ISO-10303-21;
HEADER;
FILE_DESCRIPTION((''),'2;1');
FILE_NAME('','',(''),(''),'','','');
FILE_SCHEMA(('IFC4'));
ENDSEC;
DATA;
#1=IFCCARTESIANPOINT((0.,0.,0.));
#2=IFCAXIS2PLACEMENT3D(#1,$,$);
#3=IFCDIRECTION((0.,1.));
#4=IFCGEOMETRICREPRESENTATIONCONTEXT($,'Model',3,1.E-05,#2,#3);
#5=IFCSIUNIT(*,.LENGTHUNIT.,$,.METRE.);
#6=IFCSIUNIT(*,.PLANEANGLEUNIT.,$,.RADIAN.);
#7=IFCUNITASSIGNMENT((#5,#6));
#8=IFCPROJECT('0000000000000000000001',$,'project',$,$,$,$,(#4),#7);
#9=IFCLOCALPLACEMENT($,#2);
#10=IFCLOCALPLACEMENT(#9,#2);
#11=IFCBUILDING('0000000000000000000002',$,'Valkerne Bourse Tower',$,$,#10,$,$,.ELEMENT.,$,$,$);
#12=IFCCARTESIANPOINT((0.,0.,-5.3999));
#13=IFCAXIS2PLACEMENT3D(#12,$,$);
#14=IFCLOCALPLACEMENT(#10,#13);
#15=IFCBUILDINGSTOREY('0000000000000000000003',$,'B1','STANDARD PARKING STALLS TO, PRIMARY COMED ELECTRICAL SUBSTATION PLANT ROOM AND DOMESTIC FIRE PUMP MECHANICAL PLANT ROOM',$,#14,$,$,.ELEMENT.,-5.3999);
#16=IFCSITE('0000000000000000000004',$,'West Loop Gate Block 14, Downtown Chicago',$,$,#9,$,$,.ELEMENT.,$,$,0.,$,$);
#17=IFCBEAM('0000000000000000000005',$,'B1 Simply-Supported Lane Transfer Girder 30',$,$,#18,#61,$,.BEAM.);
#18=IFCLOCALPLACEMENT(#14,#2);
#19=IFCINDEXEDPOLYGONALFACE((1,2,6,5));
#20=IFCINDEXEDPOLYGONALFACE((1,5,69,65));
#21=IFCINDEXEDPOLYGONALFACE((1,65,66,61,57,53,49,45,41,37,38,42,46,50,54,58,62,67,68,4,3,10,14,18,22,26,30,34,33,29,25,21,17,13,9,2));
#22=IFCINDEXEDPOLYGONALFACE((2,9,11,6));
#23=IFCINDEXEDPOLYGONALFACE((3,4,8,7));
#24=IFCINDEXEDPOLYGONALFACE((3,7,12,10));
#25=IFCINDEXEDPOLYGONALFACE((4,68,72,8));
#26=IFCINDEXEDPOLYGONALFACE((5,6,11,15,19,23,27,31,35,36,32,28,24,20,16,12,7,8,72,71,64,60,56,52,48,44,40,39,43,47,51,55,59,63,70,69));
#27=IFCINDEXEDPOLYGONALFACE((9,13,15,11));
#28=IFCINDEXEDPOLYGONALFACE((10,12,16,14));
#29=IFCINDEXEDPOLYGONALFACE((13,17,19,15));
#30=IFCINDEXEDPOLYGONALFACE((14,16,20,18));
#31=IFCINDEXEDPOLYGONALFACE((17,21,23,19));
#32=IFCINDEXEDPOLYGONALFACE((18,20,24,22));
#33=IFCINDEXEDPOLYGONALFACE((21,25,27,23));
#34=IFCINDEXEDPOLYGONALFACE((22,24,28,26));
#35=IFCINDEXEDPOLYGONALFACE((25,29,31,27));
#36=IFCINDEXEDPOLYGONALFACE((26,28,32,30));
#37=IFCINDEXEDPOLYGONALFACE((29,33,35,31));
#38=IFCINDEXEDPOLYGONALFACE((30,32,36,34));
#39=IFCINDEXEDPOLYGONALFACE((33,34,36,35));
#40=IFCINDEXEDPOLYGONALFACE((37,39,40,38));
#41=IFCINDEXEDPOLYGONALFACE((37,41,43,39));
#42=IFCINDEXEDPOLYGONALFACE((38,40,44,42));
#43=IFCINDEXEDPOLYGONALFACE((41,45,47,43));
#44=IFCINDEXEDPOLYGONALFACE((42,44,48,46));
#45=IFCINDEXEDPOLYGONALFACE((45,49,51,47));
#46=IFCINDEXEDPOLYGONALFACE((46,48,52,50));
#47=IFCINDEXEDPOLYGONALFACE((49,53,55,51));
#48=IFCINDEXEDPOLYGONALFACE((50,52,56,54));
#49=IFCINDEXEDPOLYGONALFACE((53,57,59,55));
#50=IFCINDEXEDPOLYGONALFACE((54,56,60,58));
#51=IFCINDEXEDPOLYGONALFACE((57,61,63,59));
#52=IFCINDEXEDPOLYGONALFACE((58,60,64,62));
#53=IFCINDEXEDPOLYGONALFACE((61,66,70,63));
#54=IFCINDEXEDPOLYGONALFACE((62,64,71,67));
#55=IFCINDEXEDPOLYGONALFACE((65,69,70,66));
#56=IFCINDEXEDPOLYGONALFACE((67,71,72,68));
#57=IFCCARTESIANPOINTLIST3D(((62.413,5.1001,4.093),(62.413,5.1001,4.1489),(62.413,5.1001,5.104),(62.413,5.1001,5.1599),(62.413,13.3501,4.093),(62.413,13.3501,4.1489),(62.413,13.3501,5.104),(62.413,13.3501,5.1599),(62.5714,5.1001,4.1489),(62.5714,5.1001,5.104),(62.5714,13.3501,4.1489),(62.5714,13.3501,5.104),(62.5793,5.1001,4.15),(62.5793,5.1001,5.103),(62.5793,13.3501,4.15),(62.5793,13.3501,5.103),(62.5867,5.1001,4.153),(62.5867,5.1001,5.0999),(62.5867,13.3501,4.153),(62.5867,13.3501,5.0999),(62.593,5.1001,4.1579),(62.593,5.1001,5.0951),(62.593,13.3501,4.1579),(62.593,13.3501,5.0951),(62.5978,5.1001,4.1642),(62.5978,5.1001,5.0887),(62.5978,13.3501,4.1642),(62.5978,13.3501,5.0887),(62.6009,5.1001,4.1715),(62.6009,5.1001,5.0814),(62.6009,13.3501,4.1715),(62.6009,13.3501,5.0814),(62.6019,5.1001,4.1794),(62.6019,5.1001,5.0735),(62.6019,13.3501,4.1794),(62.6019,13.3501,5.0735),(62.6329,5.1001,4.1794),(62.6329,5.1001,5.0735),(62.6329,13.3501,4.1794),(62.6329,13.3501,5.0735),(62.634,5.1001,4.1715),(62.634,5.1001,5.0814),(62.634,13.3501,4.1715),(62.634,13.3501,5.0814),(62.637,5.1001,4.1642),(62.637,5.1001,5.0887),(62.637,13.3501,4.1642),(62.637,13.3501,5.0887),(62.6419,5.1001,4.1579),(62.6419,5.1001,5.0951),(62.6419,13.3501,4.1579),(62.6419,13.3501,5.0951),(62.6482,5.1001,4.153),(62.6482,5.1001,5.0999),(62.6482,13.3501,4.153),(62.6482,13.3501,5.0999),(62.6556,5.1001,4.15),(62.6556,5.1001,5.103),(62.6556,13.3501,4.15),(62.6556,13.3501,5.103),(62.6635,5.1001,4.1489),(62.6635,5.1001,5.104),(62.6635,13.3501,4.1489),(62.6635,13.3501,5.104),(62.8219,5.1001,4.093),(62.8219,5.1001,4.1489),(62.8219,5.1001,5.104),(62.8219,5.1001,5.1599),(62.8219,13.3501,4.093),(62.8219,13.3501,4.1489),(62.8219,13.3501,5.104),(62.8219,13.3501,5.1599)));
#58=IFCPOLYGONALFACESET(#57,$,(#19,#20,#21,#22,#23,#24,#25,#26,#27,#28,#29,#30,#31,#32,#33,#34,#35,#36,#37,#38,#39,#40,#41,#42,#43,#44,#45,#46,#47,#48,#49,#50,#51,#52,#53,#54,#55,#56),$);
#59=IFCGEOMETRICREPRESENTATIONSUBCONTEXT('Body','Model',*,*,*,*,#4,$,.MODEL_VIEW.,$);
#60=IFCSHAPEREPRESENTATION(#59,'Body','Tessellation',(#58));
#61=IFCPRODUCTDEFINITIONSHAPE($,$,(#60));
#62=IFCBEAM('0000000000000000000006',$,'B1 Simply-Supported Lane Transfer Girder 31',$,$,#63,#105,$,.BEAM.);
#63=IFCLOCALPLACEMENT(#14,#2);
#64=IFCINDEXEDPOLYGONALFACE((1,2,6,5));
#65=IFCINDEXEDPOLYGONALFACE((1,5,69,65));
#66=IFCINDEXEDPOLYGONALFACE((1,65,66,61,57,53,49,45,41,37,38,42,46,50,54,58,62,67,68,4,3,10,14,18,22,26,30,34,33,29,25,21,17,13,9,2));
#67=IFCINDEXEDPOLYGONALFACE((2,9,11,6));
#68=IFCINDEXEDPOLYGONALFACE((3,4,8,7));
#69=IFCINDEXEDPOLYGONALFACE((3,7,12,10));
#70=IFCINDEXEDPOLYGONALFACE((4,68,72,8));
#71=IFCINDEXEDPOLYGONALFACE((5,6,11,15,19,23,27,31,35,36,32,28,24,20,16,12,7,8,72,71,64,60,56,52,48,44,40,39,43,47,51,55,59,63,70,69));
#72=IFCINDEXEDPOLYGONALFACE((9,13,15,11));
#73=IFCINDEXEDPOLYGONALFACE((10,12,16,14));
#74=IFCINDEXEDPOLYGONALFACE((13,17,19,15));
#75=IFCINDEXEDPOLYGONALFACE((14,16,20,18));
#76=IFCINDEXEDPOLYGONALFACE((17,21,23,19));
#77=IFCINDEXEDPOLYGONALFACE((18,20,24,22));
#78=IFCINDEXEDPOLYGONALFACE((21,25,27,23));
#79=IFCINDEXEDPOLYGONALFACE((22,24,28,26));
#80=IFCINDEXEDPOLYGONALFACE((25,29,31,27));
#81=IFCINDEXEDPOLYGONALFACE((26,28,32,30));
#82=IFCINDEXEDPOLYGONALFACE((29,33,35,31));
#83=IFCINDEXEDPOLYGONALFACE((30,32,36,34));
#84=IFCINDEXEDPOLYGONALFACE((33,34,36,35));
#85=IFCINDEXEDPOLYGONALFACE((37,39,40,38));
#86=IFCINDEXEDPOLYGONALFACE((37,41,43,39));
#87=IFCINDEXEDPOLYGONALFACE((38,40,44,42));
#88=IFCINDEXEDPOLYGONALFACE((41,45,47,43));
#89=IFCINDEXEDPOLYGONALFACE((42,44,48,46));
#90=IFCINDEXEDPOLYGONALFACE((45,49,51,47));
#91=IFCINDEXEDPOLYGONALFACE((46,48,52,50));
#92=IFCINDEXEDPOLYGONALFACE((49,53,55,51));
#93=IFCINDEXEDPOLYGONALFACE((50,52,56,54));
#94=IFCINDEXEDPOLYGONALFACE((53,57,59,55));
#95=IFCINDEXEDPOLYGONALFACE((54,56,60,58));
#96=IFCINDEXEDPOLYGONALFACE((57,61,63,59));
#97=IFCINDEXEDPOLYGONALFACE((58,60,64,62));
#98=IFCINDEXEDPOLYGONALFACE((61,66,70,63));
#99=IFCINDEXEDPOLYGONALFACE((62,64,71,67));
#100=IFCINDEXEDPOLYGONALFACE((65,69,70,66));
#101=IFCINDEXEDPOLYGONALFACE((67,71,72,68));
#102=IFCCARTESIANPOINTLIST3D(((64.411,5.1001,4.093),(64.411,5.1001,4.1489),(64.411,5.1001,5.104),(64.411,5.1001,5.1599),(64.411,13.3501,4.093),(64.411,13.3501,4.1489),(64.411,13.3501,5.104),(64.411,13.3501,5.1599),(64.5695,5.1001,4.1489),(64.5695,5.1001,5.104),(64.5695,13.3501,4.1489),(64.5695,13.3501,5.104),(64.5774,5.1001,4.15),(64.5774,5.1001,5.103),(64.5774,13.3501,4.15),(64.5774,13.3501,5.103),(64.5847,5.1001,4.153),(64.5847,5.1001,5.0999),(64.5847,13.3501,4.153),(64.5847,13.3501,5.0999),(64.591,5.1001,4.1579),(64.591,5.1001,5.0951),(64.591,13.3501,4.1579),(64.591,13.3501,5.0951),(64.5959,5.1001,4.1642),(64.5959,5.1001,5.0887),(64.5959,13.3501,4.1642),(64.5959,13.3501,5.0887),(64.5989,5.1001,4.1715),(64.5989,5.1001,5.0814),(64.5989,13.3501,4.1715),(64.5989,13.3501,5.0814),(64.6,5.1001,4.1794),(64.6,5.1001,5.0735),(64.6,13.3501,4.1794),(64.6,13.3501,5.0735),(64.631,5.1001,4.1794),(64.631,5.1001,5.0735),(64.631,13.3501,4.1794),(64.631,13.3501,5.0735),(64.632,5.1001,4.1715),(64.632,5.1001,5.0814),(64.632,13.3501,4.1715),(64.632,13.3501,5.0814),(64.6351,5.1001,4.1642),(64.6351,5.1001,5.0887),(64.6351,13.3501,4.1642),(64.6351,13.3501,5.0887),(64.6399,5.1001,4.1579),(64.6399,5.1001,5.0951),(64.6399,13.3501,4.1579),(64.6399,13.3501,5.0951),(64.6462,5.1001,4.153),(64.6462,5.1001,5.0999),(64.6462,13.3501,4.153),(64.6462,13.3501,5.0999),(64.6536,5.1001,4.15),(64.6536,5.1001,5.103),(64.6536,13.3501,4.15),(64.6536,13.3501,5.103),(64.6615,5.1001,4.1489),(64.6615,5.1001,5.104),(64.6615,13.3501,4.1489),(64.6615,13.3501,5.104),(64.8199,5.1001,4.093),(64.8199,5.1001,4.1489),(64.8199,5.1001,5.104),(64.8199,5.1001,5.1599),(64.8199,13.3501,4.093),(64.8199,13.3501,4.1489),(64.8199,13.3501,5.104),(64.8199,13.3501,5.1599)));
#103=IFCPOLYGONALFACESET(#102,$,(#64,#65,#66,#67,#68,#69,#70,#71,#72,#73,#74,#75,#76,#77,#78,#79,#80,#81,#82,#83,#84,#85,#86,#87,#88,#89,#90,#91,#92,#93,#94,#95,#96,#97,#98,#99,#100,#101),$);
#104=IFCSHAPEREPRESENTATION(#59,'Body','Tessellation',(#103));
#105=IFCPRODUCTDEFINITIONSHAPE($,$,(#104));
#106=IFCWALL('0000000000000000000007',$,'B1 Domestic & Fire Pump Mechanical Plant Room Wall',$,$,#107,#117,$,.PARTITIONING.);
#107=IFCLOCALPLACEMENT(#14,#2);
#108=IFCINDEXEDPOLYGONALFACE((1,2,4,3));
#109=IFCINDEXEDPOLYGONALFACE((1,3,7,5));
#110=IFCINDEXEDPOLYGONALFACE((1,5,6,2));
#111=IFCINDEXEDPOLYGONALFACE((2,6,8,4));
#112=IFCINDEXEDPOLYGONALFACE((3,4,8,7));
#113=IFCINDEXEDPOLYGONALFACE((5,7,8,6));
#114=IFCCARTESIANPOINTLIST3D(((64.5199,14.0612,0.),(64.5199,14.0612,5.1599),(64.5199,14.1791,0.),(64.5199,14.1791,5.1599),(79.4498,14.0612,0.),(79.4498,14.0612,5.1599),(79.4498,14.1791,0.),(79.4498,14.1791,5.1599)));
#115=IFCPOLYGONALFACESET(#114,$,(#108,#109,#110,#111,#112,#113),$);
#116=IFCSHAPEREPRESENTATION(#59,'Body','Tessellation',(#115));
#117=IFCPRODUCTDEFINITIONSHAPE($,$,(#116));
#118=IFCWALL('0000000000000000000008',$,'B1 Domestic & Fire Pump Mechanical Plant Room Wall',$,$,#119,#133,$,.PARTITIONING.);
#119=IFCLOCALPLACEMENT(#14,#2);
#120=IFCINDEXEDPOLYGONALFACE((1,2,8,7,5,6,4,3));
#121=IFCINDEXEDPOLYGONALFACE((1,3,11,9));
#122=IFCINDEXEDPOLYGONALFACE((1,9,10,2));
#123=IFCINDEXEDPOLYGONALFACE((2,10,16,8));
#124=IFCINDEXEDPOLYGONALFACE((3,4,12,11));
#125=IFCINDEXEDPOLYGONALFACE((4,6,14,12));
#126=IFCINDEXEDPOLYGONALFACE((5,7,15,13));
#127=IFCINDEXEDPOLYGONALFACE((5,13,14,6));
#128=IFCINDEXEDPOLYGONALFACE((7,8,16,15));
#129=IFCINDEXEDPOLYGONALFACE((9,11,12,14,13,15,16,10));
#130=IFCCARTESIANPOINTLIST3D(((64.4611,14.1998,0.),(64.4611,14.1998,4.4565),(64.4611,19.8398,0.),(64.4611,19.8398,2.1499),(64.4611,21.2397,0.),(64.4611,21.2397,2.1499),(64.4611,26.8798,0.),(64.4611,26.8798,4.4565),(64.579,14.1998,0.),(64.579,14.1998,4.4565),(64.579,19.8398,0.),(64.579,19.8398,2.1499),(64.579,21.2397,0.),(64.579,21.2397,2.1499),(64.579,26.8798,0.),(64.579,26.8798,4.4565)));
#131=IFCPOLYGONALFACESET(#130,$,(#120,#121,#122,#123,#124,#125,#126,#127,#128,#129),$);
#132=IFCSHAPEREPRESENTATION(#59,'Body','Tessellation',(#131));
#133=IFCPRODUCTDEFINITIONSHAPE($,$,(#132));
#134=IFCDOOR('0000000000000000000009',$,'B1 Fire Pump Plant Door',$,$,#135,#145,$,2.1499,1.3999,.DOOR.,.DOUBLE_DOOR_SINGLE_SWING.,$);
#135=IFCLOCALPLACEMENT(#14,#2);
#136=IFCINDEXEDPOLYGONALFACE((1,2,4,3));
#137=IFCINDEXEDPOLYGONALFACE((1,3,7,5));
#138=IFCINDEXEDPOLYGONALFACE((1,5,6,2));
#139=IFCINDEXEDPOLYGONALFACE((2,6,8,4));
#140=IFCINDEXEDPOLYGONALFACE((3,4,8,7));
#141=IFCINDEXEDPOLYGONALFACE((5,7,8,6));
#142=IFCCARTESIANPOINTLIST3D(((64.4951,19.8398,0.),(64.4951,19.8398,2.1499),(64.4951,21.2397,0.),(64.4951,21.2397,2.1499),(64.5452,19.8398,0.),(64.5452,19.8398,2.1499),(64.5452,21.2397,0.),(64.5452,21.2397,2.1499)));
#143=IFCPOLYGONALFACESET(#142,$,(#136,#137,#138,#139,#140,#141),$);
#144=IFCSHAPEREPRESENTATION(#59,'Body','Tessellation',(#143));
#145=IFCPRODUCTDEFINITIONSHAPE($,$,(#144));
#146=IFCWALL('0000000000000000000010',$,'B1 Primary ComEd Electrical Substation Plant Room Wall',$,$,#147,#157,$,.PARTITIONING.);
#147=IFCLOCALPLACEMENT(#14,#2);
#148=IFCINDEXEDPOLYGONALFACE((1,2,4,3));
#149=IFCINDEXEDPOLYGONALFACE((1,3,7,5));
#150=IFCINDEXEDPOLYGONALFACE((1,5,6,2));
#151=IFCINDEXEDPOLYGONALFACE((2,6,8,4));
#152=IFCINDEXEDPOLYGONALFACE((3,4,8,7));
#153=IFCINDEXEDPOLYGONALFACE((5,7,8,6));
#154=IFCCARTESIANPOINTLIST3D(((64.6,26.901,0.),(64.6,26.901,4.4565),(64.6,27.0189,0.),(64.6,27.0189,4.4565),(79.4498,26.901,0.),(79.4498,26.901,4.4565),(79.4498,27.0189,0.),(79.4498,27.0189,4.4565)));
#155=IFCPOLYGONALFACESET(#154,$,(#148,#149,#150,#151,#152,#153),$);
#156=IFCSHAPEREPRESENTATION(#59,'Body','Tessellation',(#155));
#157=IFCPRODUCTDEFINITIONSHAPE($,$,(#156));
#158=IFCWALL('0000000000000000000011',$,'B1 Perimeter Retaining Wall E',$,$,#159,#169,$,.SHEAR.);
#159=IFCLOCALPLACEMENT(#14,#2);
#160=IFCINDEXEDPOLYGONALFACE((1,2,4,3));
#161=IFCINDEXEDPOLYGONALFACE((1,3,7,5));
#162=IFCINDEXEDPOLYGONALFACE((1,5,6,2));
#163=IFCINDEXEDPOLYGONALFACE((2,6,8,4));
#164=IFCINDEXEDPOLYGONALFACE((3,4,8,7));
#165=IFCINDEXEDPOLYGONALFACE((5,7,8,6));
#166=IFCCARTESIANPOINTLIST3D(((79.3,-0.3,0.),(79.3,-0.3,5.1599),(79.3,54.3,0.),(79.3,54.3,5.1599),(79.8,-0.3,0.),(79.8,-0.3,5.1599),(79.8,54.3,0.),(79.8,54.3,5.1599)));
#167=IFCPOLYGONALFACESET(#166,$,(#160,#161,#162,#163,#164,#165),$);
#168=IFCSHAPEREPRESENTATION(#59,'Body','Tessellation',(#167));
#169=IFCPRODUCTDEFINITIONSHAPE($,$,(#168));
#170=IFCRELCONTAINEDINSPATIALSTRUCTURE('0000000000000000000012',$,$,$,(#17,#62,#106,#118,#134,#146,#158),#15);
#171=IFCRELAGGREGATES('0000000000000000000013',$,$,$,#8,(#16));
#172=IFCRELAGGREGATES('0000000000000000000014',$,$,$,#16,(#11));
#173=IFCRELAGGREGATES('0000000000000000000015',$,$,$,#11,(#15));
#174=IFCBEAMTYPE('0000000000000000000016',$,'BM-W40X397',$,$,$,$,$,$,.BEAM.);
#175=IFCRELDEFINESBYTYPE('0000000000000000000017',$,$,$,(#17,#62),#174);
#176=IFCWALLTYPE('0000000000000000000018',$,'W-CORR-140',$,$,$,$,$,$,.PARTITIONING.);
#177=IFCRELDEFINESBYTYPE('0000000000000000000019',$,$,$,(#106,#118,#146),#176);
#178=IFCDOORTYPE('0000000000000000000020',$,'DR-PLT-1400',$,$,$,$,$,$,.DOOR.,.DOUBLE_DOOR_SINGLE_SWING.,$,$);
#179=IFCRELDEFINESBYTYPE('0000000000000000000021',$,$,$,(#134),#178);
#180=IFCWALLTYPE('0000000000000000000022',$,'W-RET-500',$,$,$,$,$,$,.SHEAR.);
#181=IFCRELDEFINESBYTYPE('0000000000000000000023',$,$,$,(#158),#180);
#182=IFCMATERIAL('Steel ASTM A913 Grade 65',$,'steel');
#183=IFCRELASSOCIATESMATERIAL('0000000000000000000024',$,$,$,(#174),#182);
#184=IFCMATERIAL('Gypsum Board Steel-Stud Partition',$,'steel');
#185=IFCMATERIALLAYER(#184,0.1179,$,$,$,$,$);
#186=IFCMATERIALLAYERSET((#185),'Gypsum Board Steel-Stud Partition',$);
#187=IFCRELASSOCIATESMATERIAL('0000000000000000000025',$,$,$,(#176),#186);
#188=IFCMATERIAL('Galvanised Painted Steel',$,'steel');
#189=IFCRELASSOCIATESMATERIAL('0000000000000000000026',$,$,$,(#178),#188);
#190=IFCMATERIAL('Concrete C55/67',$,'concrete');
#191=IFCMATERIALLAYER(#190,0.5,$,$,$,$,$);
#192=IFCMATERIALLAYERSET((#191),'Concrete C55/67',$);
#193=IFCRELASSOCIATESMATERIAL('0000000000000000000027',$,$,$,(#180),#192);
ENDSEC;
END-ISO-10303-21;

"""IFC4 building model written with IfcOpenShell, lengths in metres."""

from ifc_helpers import new_model, si_unit, direction, frame, frame_2d, origin, origin_2d, place, context, subcontext, project, spatial, rectangle, i_section, extrude, material, layer, layer_set, material_profile, profile_set, type_object, element, fill, save


model = new_model("IFC4")

# Units and contexts
model_context = context("Model", 3, precision=1e-05, world=origin(), true_north=direction((0.0, 1.0)))
body_context = subcontext(model_context, "Body", "Model", "MODEL_VIEW")
ifc_project = project(units=[si_unit("LENGTHUNIT", "METRE"), si_unit("PLANEANGLEUNIT", "RADIAN")], contexts=[model_context])

# Site, building, storey
site_placement = place(None, origin())
site = spatial("IfcSite", under=ifc_project, at=site_placement, Name="West Loop Gate Block 14, Downtown Chicago", CompositionType="ELEMENT", RefElevation=0.0)
building_placement = place(site_placement, origin())
building = spatial("IfcBuilding", under=site, at=building_placement, Name="Valkerne Bourse Tower", CompositionType="ELEMENT")
storey_placement = place(building_placement, frame((0.0, 0.0, -5.3999)))
storey = spatial("IfcBuildingStorey", under=building, at=storey_placement, Name="B1", Description="STANDARD PARKING STALLS TO, PRIMARY COMED ELECTRICAL SUBSTATION PLANT ROOM AND DOMESTIC FIRE PUMP MECHANICAL PLANT ROOM", CompositionType="ELEMENT", Elevation=-5.3999)

# Shared definitions
ifc_material_1 = material(Name="Concrete C55/67", Category="concrete")

# Shared definitions
ifc_material_2 = material(Name="Steel ASTM A913 Grade 65", Category="steel")

# Beams
ifc_material_profile_1 = material_profile(ifc_material_2, i_section(OverallWidth=0.4089, OverallDepth=1.0669, WebThickness=0.031, FlangeThickness=0.0559, FilletRadius=0.0305, at=origin_2d()), Name="W40X397")
ifc_profile_set_1 = profile_set([ifc_material_profile_1], Name="Steel ASTM A913 Grade 65")
beam_type_1 = type_object("IfcBeamType", Name="BM-W40X397", PredefinedType="BEAM", material=ifc_profile_set_1)
for number, where, z_axis, x_axis, name in (
    (1, (62.6174, 5.1001, 4.6265), (0.0, 1.0, 0.0), (-1.0, 0.0, 0.0), "B1 Simply-Supported Lane Transfer Girder 30"),
    (2, (64.6155, 5.1001, 4.6265), (0.0, 1.0, 0.0), (-1.0, 0.0, 0.0), "B1 Simply-Supported Lane Transfer Girder 31"),
):
    element("IfcBeam", number, at=place(storey_placement, frame(where, z_axis=z_axis, x_axis=x_axis)), inside=storey, type_object=beam_type_1, Name=name, PredefinedType="BEAM", context=body_context, shape_type="SweptSolid", body=[
        extrude(i_section(OverallWidth=0.4089, OverallDepth=1.0669, WebThickness=0.031, FlangeThickness=0.0559, FilletRadius=0.0305, at=origin_2d()), origin(), (0.0, 0.0, 1.0), 8.25),
    ])

# Wall
ifc_material_3 = material(Name="Gypsum Board Steel-Stud Partition", Category="steel")
ifc_layer_1 = layer(ifc_material_3, 0.1179)
ifc_layer_set_1 = layer_set([ifc_layer_1], Name="Gypsum Board Steel-Stud Partition")
wall_type_1 = type_object("IfcWallType", Name="W-CORR-140", PredefinedType="PARTITIONING", material=ifc_layer_set_1)
wall_1_placement = place(storey_placement, frame((64.52, 14.1201, 0.0), z_axis=(0.0, 0.0, 1.0), x_axis=(1.0, 0.0, 0.0)))
element("IfcWall", 3, at=wall_1_placement, inside=storey, type_object=wall_type_1, Name="B1 Domestic & Fire Pump Mechanical Plant Room Wall", PredefinedType="PARTITIONING", context=body_context, shape_type="SweptSolid", body=[
    extrude(rectangle(XDim=14.9299, YDim=0.1179, at=frame_2d((7.4648, 0.0))), origin(), (0.0, 0.0, 1.0), 5.1599),
])

# Wall, opening, door
wall_2_placement = place(storey_placement, frame((64.52, 14.2, 0.0), z_axis=(0.0, 0.0, 1.0), x_axis=(0.0, 1.0, 0.0)))
wall_2 = element("IfcWall", 4, at=wall_2_placement, inside=storey, type_object=wall_type_1, Name="B1 Domestic & Fire Pump Mechanical Plant Room Wall", PredefinedType="PARTITIONING", context=body_context, shape_type="SweptSolid", body=[
    extrude(rectangle(XDim=12.6799, YDim=0.1179, at=frame_2d((6.3398, 0.0))), origin(), (0.0, 0.0, 1.0), 4.4565),
])
opening_placement = place(wall_2_placement, frame((5.6399, 0.0, 0.0)))
opening = element("IfcOpeningElement", 5, at=opening_placement, cuts=wall_2, PredefinedType="OPENING", context=body_context, shape_type="SweptSolid", body=[
    extrude(rectangle(XDim=1.3999, YDim=2.1499, at=frame_2d((0.7, 1.075))), frame((0.0, 0.0688, 0.0), z_axis=(0.0, -1.0, 0.0), x_axis=(1.0, 0.0, 0.0)), (0.0, 0.0, 1.0), 0.1379),
])
ifc_material_4 = material(Name="Galvanised Painted Steel", Category="steel")
door_type = type_object("IfcDoorType", Name="DR-PLT-1400", OperationType="DOUBLE_DOOR_SINGLE_SWING", PredefinedType="DOOR", material=ifc_material_4)
door_placement = place(opening_placement, origin())
door = element("IfcDoor", 6, at=door_placement, inside=storey, type_object=door_type, Name="B1 Fire Pump Plant Door", OperationType="DOUBLE_DOOR_SINGLE_SWING", OverallHeight=2.1499, OverallWidth=1.3999, PredefinedType="DOOR", context=body_context, shape_type="SweptSolid", body=[
    extrude(rectangle(XDim=1.3999, YDim=2.1499, at=frame_2d((0.7, 1.075))), frame((0.0, 0.0249, 0.0), z_axis=(0.0, -1.0, 0.0), x_axis=(1.0, 0.0, 0.0)), (0.0, 0.0, 1.0), 0.05),
])
fill(opening, door)

# Walls
wall_3_placement = place(storey_placement, frame((64.6001, 26.96, 0.0), z_axis=(0.0, 0.0, 1.0), x_axis=(1.0, 0.0, 0.0)))
element("IfcWall", 7, at=wall_3_placement, inside=storey, type_object=wall_type_1, Name="B1 Primary ComEd Electrical Substation Plant Room Wall", PredefinedType="PARTITIONING", context=body_context, shape_type="SweptSolid", body=[
    extrude(rectangle(XDim=14.8499, YDim=0.1179, at=frame_2d((7.4248, 0.0))), origin(), (0.0, 0.0, 1.0), 4.4565),
])
ifc_layer_2 = layer(ifc_material_1, 0.5)
ifc_layer_set_2 = layer_set([ifc_layer_2], Name="Concrete C55/67")
wall_type_2 = type_object("IfcWallType", Name="W-RET-500", PredefinedType="SHEAR", material=ifc_layer_set_2)
wall_4_placement = place(storey_placement, frame((79.55, -0.3, 0.0), z_axis=(0.0, 0.0, 1.0), x_axis=(0.0, 1.0, 0.0)))
element("IfcWall", 8, at=wall_4_placement, inside=storey, type_object=wall_type_2, Name="B1 Perimeter Retaining Wall E", PredefinedType="SHEAR", context=body_context, shape_type="SweptSolid", body=[
    extrude(rectangle(XDim=54.6001, YDim=0.5, at=frame_2d((27.3, 0.0))), origin(), (0.0, 0.0, 1.0), 5.1599),
])

save(model, "model.ifc")
